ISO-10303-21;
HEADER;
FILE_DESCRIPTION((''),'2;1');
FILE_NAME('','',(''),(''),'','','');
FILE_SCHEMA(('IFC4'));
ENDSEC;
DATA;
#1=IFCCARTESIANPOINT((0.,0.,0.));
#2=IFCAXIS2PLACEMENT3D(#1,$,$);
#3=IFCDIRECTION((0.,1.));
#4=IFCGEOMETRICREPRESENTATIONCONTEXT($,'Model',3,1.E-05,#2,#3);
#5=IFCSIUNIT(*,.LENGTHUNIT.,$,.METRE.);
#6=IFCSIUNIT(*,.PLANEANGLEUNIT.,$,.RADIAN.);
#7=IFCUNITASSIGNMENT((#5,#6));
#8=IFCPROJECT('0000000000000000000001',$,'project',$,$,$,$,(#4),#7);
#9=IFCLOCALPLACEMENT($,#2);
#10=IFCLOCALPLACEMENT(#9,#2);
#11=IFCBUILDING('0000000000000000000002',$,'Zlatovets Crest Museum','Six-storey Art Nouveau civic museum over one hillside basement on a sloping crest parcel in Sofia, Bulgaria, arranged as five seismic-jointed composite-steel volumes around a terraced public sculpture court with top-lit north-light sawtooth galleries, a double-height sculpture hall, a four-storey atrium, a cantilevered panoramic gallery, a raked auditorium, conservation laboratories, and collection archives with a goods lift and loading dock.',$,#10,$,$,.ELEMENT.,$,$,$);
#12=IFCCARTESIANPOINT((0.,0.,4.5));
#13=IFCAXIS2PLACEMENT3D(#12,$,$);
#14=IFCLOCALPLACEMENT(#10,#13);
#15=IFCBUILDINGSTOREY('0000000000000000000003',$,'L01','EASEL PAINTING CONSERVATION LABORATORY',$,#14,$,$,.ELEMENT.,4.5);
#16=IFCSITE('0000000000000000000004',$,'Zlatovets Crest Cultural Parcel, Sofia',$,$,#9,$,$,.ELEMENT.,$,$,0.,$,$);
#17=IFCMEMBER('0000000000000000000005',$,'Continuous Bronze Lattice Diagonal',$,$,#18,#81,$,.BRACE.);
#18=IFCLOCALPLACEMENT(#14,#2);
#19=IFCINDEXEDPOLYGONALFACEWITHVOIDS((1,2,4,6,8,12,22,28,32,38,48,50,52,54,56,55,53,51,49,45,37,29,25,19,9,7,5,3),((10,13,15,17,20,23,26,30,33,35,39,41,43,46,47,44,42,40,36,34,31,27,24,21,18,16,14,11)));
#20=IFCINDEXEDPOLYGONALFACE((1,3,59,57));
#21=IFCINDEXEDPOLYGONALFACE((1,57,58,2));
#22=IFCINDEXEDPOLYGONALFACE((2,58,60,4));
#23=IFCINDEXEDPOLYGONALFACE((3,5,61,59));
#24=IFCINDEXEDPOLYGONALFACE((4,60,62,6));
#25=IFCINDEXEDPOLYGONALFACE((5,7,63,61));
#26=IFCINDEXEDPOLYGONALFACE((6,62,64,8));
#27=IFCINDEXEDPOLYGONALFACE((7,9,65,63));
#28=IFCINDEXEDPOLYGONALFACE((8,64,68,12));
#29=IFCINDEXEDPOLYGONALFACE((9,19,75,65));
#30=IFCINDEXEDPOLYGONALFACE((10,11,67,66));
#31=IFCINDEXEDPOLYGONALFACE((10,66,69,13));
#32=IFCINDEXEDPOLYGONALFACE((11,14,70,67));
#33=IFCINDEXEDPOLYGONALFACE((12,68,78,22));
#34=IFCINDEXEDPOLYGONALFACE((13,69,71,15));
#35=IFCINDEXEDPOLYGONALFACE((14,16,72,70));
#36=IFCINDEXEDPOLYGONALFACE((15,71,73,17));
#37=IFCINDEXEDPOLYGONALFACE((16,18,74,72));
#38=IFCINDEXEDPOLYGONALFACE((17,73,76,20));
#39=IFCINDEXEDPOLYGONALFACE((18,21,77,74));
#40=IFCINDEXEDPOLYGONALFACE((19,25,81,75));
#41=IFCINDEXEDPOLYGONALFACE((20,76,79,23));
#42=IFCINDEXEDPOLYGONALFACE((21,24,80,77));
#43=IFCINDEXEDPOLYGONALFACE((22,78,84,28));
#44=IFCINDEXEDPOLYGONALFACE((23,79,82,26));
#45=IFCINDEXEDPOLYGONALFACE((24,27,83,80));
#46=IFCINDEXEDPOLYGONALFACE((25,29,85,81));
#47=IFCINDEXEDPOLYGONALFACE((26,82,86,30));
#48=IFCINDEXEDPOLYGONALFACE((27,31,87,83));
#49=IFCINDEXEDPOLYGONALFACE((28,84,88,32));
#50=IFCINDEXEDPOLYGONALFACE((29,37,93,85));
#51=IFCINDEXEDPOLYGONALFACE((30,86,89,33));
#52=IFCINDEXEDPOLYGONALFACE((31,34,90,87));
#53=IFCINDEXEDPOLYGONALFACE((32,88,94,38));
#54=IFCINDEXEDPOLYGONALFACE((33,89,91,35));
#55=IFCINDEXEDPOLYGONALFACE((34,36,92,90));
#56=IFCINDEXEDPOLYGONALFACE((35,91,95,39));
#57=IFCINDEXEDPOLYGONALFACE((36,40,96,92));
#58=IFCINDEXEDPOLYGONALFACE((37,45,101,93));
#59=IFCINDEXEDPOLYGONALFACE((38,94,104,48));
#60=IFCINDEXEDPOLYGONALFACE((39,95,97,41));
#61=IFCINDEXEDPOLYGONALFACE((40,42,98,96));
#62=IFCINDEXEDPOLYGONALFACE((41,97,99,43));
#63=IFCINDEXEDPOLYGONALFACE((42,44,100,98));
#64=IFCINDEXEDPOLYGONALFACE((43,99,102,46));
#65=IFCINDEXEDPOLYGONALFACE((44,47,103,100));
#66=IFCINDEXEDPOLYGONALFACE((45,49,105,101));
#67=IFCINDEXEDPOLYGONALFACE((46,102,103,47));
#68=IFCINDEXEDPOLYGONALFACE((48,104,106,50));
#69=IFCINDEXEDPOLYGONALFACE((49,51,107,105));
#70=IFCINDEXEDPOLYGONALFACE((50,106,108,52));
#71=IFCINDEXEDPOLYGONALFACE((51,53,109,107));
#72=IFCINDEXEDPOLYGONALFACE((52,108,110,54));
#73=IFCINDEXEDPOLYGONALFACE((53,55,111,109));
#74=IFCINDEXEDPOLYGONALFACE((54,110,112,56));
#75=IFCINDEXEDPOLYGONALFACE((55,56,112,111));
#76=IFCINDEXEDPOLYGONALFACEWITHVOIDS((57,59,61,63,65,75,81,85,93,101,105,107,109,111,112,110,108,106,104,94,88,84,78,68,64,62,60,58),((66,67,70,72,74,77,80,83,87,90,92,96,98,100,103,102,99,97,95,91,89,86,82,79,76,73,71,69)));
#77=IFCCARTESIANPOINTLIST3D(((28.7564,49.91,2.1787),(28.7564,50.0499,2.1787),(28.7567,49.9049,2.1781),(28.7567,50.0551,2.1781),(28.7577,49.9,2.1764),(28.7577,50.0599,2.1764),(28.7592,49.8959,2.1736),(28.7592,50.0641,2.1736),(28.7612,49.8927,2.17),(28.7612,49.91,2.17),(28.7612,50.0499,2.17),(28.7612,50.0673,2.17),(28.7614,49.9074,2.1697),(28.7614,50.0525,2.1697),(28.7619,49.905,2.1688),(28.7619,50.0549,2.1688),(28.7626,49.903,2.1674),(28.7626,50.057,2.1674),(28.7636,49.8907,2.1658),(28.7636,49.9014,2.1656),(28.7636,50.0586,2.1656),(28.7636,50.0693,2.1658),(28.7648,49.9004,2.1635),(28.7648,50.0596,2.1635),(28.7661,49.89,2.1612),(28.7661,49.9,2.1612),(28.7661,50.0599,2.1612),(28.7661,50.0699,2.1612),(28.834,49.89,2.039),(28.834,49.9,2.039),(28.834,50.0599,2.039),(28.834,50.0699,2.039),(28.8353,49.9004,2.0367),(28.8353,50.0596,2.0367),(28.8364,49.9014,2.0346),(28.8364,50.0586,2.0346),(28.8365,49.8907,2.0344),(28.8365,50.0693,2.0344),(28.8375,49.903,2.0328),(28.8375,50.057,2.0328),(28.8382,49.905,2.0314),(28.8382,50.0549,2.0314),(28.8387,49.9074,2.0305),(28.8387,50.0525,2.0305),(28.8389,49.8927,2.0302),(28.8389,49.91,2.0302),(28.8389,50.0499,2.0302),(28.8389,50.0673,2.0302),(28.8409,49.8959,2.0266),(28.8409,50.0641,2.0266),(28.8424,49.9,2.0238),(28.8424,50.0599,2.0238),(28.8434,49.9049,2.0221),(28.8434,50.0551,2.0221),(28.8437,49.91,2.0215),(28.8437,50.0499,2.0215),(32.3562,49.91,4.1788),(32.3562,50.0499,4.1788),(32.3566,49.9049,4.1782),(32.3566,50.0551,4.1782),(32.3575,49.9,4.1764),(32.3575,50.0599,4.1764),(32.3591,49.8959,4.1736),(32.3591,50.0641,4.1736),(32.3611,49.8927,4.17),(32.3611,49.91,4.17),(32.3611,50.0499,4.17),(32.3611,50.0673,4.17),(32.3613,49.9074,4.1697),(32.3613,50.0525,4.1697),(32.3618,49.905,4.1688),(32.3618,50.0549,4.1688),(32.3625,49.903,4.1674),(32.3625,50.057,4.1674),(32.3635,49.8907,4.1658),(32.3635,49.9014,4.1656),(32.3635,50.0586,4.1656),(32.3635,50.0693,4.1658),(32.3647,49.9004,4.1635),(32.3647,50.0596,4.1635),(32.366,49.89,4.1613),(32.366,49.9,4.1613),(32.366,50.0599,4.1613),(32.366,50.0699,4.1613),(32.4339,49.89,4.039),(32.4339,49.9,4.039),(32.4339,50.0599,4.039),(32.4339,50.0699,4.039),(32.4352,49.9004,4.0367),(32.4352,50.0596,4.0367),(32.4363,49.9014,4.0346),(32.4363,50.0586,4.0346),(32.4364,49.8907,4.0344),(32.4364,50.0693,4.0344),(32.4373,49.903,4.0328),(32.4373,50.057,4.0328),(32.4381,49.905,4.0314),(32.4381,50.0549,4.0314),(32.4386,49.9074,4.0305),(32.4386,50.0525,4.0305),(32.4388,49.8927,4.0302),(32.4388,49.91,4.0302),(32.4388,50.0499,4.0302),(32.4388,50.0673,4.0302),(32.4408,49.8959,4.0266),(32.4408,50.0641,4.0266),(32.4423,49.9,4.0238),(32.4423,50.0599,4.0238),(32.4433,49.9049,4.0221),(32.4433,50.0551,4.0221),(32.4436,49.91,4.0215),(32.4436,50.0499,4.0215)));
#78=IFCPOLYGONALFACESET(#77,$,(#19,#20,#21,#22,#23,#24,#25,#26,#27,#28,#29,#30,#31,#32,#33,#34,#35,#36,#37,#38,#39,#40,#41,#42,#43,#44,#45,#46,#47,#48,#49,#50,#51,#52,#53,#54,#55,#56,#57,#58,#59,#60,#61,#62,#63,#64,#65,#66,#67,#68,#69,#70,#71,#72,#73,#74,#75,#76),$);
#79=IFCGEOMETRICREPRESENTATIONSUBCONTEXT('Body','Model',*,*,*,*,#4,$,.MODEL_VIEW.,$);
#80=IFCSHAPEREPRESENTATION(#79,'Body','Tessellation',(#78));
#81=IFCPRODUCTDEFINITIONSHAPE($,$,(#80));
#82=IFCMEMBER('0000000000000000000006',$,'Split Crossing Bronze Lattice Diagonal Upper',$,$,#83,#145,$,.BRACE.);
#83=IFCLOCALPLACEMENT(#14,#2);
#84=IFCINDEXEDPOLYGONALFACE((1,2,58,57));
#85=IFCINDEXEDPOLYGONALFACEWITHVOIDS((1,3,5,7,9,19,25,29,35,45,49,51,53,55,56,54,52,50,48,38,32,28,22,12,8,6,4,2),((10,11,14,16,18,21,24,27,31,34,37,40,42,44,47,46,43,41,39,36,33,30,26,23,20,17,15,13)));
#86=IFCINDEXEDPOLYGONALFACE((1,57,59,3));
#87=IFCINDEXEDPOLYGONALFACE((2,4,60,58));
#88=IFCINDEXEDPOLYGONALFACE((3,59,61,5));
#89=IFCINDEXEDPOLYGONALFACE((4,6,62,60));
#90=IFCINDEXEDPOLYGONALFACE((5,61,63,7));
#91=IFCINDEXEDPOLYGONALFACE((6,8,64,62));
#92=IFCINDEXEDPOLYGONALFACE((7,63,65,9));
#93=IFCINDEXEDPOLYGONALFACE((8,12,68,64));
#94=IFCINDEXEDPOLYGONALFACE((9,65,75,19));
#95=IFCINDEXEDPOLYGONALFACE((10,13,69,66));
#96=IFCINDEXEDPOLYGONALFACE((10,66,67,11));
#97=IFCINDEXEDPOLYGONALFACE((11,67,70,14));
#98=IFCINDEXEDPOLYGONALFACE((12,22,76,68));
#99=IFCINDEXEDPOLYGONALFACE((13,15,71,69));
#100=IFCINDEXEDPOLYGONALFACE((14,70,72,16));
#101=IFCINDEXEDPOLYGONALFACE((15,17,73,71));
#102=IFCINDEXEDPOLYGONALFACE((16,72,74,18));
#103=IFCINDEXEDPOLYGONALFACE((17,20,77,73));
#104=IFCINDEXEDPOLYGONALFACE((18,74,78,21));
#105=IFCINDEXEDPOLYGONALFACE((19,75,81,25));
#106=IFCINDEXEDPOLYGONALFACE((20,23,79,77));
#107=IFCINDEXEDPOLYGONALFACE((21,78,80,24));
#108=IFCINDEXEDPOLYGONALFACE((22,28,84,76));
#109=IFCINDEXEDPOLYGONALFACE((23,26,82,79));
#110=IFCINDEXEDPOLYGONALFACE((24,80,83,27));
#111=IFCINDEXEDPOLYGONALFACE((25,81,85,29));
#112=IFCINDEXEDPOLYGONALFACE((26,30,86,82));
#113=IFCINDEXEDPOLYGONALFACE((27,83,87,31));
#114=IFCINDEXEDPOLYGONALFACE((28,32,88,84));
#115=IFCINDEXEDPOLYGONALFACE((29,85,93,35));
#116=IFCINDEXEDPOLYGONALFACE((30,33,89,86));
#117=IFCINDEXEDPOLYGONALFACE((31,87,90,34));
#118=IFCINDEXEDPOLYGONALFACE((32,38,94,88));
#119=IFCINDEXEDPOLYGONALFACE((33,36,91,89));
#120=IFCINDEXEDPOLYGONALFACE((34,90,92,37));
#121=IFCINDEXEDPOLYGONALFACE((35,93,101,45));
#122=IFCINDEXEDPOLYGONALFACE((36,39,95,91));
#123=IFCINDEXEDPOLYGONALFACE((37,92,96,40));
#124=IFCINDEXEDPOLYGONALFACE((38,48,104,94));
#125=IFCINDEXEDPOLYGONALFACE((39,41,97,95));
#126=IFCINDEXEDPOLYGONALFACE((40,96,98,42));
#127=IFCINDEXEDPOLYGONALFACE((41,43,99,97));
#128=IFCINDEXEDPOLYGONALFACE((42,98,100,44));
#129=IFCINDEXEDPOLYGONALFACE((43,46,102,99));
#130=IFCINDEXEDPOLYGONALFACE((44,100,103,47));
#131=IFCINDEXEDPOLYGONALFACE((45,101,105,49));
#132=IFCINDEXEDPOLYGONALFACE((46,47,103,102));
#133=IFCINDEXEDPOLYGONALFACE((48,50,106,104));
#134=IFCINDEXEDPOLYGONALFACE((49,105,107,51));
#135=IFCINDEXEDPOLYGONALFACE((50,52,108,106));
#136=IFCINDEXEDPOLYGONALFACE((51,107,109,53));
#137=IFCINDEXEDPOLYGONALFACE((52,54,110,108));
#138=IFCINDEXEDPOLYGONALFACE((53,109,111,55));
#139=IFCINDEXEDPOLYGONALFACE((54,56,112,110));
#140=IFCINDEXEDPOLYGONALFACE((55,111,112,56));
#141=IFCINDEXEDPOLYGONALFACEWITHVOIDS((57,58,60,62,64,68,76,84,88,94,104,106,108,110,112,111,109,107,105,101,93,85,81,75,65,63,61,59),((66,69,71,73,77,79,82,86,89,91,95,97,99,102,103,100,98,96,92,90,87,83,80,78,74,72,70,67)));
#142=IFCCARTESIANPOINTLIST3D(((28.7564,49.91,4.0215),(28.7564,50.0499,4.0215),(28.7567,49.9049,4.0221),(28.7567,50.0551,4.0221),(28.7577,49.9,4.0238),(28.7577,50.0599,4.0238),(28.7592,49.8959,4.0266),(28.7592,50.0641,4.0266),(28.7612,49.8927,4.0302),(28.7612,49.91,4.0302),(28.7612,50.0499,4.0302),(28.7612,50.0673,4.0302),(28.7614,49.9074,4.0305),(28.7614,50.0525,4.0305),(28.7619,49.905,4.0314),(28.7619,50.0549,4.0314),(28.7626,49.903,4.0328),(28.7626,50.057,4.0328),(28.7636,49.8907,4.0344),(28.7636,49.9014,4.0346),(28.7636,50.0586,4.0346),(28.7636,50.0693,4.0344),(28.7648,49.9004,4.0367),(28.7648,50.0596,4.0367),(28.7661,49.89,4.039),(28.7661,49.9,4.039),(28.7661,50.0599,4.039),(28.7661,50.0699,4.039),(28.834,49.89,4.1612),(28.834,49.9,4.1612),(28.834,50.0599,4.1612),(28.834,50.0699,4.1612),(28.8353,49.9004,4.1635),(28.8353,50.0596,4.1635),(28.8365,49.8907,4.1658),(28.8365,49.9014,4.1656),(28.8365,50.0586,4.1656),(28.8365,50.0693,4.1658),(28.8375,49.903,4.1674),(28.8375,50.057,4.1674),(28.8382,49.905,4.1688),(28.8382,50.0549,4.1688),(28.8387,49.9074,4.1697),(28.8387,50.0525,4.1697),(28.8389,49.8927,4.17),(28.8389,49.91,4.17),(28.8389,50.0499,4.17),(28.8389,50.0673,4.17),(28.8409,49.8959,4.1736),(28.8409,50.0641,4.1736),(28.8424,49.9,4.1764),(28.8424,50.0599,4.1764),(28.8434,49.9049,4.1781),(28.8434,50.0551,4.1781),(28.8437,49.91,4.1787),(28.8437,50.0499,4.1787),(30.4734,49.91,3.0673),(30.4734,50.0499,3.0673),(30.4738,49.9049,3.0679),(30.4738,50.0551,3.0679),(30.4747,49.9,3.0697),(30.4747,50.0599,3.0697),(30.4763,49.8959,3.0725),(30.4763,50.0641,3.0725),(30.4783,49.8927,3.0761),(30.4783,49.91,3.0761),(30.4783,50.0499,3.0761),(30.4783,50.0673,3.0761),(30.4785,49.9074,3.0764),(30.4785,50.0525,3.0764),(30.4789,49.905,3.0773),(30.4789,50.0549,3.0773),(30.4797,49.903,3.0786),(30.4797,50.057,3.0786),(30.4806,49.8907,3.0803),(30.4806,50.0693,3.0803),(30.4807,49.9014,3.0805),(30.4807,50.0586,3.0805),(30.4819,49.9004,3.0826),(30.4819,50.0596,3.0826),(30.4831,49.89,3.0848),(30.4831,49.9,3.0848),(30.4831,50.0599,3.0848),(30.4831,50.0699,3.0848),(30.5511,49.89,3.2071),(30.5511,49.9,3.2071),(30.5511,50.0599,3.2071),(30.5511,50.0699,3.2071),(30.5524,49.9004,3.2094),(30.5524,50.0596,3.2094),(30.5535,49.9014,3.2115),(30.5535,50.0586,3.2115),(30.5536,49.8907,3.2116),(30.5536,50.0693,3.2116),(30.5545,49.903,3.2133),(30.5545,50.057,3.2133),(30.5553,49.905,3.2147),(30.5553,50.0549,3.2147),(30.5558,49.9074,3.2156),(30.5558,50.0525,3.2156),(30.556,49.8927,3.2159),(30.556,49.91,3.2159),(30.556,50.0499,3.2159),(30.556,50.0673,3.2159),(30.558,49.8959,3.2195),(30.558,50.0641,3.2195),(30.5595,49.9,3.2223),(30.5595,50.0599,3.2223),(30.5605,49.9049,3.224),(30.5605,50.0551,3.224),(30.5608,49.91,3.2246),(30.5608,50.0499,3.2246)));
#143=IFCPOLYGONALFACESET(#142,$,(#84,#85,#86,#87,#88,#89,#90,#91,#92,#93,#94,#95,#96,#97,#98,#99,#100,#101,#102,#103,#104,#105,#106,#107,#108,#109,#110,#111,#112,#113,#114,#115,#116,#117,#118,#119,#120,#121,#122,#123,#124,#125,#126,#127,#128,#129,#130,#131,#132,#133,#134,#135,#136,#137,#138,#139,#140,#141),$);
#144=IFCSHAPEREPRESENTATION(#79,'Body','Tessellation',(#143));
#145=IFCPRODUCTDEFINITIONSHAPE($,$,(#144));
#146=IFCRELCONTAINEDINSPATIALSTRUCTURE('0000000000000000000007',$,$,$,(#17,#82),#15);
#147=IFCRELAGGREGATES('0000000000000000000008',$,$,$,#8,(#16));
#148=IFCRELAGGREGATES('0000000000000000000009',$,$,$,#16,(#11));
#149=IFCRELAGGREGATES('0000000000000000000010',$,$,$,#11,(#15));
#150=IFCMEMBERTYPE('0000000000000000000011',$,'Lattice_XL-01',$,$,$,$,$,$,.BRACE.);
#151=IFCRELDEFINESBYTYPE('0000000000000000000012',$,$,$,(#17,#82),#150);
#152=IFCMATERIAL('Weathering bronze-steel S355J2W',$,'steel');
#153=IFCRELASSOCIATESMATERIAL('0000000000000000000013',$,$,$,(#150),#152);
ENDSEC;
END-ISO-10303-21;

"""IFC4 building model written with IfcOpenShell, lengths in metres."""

from ifc_helpers import new_model, si_unit, direction, frame, origin, origin_2d, place, context, subcontext, project, spatial, hollow_rectangle, extrude, material, material_profile, profile_set, type_object, element, save


model = new_model("IFC4")

# Units and contexts
model_context = context("Model", 3, precision=1e-05, world=origin(), true_north=direction((0.0, 1.0)))
body_context = subcontext(model_context, "Body", "Model", "MODEL_VIEW")
ifc_project = project(units=[si_unit("LENGTHUNIT", "METRE"), si_unit("PLANEANGLEUNIT", "RADIAN")], contexts=[model_context])

# Site, building, storey
site_placement = place(None, origin())
site = spatial("IfcSite", under=ifc_project, at=site_placement, Name="Zlatovets Crest Cultural Parcel, Sofia", CompositionType="ELEMENT", RefElevation=0.0)
building_placement = place(site_placement, origin())
building = spatial("IfcBuilding", under=site, at=building_placement, Name="Zlatovets Crest Museum", Description="Six-storey Art Nouveau civic museum over one hillside basement on a sloping crest parcel in Sofia, Bulgaria, arranged as five seismic-jointed composite-steel volumes around a terraced public sculpture court with top-lit north-light sawtooth galleries, a double-height sculpture hall, a four-storey atrium, a cantilevered panoramic gallery, a raked auditorium, conservation laboratories, and collection archives with a goods lift and loading dock.", CompositionType="ELEMENT")
storey_placement = place(building_placement, frame((0.0, 0.0, 4.5)))
storey = spatial("IfcBuildingStorey", under=building, at=storey_placement, Name="L01", Description="EASEL PAINTING CONSERVATION LABORATORY", CompositionType="ELEMENT", Elevation=4.5)

# Members
ifc_material_1 = material(Name="Weathering bronze-steel S355J2W", Category="steel")
ifc_material_profile_1 = material_profile(ifc_material_1, hollow_rectangle(XDim=0.1799, YDim=0.1799, WallThickness=0.01, InnerFilletRadius=0.01, OuterFilletRadius=0.02, at=origin_2d()), Name="SHS 180x180x10.0")
ifc_profile_set_1 = profile_set([ifc_material_profile_1], Name="Weathering bronze-steel S355J2W")
member_type_1 = type_object("IfcMemberType", Name="Lattice_XL-01", PredefinedType="BRACE", material=ifc_profile_set_1)
member_1_placement = place(storey_placement, frame((28.8, 49.98, 2.1001), z_axis=(0.874149, 0.0, 0.485658), x_axis=(0.0, 1.0, 0.0)))
element("IfcMember", 1, at=member_1_placement, inside=storey, type_object=member_type_1, Name="Continuous Bronze Lattice Diagonal", PredefinedType="BRACE", context=body_context, shape_type="SweptSolid", body=[
    extrude(hollow_rectangle(XDim=0.1799, YDim=0.1799, WallThickness=0.01, InnerFilletRadius=0.01, OuterFilletRadius=0.02, at=origin_2d()), origin(), (0.0, 0.0, 1.0), 4.1182),
])
member_2_placement = place(storey_placement, frame((28.8, 49.98, 4.1001), z_axis=(0.874116, 0.0, -0.485717), x_axis=(0.0, 1.0, 0.0)))
element("IfcMember", 2, at=member_2_placement, inside=storey, type_object=member_type_1, Name="Split Crossing Bronze Lattice Diagonal Upper", PredefinedType="BRACE", context=body_context, shape_type="SweptSolid", body=[
    extrude(hollow_rectangle(XDim=0.1799, YDim=0.1799, WallThickness=0.01, InnerFilletRadius=0.01, OuterFilletRadius=0.02, at=origin_2d()), origin(), (0.0, 0.0, 1.0), 1.9644),
])

save(model, "model.ifc")
